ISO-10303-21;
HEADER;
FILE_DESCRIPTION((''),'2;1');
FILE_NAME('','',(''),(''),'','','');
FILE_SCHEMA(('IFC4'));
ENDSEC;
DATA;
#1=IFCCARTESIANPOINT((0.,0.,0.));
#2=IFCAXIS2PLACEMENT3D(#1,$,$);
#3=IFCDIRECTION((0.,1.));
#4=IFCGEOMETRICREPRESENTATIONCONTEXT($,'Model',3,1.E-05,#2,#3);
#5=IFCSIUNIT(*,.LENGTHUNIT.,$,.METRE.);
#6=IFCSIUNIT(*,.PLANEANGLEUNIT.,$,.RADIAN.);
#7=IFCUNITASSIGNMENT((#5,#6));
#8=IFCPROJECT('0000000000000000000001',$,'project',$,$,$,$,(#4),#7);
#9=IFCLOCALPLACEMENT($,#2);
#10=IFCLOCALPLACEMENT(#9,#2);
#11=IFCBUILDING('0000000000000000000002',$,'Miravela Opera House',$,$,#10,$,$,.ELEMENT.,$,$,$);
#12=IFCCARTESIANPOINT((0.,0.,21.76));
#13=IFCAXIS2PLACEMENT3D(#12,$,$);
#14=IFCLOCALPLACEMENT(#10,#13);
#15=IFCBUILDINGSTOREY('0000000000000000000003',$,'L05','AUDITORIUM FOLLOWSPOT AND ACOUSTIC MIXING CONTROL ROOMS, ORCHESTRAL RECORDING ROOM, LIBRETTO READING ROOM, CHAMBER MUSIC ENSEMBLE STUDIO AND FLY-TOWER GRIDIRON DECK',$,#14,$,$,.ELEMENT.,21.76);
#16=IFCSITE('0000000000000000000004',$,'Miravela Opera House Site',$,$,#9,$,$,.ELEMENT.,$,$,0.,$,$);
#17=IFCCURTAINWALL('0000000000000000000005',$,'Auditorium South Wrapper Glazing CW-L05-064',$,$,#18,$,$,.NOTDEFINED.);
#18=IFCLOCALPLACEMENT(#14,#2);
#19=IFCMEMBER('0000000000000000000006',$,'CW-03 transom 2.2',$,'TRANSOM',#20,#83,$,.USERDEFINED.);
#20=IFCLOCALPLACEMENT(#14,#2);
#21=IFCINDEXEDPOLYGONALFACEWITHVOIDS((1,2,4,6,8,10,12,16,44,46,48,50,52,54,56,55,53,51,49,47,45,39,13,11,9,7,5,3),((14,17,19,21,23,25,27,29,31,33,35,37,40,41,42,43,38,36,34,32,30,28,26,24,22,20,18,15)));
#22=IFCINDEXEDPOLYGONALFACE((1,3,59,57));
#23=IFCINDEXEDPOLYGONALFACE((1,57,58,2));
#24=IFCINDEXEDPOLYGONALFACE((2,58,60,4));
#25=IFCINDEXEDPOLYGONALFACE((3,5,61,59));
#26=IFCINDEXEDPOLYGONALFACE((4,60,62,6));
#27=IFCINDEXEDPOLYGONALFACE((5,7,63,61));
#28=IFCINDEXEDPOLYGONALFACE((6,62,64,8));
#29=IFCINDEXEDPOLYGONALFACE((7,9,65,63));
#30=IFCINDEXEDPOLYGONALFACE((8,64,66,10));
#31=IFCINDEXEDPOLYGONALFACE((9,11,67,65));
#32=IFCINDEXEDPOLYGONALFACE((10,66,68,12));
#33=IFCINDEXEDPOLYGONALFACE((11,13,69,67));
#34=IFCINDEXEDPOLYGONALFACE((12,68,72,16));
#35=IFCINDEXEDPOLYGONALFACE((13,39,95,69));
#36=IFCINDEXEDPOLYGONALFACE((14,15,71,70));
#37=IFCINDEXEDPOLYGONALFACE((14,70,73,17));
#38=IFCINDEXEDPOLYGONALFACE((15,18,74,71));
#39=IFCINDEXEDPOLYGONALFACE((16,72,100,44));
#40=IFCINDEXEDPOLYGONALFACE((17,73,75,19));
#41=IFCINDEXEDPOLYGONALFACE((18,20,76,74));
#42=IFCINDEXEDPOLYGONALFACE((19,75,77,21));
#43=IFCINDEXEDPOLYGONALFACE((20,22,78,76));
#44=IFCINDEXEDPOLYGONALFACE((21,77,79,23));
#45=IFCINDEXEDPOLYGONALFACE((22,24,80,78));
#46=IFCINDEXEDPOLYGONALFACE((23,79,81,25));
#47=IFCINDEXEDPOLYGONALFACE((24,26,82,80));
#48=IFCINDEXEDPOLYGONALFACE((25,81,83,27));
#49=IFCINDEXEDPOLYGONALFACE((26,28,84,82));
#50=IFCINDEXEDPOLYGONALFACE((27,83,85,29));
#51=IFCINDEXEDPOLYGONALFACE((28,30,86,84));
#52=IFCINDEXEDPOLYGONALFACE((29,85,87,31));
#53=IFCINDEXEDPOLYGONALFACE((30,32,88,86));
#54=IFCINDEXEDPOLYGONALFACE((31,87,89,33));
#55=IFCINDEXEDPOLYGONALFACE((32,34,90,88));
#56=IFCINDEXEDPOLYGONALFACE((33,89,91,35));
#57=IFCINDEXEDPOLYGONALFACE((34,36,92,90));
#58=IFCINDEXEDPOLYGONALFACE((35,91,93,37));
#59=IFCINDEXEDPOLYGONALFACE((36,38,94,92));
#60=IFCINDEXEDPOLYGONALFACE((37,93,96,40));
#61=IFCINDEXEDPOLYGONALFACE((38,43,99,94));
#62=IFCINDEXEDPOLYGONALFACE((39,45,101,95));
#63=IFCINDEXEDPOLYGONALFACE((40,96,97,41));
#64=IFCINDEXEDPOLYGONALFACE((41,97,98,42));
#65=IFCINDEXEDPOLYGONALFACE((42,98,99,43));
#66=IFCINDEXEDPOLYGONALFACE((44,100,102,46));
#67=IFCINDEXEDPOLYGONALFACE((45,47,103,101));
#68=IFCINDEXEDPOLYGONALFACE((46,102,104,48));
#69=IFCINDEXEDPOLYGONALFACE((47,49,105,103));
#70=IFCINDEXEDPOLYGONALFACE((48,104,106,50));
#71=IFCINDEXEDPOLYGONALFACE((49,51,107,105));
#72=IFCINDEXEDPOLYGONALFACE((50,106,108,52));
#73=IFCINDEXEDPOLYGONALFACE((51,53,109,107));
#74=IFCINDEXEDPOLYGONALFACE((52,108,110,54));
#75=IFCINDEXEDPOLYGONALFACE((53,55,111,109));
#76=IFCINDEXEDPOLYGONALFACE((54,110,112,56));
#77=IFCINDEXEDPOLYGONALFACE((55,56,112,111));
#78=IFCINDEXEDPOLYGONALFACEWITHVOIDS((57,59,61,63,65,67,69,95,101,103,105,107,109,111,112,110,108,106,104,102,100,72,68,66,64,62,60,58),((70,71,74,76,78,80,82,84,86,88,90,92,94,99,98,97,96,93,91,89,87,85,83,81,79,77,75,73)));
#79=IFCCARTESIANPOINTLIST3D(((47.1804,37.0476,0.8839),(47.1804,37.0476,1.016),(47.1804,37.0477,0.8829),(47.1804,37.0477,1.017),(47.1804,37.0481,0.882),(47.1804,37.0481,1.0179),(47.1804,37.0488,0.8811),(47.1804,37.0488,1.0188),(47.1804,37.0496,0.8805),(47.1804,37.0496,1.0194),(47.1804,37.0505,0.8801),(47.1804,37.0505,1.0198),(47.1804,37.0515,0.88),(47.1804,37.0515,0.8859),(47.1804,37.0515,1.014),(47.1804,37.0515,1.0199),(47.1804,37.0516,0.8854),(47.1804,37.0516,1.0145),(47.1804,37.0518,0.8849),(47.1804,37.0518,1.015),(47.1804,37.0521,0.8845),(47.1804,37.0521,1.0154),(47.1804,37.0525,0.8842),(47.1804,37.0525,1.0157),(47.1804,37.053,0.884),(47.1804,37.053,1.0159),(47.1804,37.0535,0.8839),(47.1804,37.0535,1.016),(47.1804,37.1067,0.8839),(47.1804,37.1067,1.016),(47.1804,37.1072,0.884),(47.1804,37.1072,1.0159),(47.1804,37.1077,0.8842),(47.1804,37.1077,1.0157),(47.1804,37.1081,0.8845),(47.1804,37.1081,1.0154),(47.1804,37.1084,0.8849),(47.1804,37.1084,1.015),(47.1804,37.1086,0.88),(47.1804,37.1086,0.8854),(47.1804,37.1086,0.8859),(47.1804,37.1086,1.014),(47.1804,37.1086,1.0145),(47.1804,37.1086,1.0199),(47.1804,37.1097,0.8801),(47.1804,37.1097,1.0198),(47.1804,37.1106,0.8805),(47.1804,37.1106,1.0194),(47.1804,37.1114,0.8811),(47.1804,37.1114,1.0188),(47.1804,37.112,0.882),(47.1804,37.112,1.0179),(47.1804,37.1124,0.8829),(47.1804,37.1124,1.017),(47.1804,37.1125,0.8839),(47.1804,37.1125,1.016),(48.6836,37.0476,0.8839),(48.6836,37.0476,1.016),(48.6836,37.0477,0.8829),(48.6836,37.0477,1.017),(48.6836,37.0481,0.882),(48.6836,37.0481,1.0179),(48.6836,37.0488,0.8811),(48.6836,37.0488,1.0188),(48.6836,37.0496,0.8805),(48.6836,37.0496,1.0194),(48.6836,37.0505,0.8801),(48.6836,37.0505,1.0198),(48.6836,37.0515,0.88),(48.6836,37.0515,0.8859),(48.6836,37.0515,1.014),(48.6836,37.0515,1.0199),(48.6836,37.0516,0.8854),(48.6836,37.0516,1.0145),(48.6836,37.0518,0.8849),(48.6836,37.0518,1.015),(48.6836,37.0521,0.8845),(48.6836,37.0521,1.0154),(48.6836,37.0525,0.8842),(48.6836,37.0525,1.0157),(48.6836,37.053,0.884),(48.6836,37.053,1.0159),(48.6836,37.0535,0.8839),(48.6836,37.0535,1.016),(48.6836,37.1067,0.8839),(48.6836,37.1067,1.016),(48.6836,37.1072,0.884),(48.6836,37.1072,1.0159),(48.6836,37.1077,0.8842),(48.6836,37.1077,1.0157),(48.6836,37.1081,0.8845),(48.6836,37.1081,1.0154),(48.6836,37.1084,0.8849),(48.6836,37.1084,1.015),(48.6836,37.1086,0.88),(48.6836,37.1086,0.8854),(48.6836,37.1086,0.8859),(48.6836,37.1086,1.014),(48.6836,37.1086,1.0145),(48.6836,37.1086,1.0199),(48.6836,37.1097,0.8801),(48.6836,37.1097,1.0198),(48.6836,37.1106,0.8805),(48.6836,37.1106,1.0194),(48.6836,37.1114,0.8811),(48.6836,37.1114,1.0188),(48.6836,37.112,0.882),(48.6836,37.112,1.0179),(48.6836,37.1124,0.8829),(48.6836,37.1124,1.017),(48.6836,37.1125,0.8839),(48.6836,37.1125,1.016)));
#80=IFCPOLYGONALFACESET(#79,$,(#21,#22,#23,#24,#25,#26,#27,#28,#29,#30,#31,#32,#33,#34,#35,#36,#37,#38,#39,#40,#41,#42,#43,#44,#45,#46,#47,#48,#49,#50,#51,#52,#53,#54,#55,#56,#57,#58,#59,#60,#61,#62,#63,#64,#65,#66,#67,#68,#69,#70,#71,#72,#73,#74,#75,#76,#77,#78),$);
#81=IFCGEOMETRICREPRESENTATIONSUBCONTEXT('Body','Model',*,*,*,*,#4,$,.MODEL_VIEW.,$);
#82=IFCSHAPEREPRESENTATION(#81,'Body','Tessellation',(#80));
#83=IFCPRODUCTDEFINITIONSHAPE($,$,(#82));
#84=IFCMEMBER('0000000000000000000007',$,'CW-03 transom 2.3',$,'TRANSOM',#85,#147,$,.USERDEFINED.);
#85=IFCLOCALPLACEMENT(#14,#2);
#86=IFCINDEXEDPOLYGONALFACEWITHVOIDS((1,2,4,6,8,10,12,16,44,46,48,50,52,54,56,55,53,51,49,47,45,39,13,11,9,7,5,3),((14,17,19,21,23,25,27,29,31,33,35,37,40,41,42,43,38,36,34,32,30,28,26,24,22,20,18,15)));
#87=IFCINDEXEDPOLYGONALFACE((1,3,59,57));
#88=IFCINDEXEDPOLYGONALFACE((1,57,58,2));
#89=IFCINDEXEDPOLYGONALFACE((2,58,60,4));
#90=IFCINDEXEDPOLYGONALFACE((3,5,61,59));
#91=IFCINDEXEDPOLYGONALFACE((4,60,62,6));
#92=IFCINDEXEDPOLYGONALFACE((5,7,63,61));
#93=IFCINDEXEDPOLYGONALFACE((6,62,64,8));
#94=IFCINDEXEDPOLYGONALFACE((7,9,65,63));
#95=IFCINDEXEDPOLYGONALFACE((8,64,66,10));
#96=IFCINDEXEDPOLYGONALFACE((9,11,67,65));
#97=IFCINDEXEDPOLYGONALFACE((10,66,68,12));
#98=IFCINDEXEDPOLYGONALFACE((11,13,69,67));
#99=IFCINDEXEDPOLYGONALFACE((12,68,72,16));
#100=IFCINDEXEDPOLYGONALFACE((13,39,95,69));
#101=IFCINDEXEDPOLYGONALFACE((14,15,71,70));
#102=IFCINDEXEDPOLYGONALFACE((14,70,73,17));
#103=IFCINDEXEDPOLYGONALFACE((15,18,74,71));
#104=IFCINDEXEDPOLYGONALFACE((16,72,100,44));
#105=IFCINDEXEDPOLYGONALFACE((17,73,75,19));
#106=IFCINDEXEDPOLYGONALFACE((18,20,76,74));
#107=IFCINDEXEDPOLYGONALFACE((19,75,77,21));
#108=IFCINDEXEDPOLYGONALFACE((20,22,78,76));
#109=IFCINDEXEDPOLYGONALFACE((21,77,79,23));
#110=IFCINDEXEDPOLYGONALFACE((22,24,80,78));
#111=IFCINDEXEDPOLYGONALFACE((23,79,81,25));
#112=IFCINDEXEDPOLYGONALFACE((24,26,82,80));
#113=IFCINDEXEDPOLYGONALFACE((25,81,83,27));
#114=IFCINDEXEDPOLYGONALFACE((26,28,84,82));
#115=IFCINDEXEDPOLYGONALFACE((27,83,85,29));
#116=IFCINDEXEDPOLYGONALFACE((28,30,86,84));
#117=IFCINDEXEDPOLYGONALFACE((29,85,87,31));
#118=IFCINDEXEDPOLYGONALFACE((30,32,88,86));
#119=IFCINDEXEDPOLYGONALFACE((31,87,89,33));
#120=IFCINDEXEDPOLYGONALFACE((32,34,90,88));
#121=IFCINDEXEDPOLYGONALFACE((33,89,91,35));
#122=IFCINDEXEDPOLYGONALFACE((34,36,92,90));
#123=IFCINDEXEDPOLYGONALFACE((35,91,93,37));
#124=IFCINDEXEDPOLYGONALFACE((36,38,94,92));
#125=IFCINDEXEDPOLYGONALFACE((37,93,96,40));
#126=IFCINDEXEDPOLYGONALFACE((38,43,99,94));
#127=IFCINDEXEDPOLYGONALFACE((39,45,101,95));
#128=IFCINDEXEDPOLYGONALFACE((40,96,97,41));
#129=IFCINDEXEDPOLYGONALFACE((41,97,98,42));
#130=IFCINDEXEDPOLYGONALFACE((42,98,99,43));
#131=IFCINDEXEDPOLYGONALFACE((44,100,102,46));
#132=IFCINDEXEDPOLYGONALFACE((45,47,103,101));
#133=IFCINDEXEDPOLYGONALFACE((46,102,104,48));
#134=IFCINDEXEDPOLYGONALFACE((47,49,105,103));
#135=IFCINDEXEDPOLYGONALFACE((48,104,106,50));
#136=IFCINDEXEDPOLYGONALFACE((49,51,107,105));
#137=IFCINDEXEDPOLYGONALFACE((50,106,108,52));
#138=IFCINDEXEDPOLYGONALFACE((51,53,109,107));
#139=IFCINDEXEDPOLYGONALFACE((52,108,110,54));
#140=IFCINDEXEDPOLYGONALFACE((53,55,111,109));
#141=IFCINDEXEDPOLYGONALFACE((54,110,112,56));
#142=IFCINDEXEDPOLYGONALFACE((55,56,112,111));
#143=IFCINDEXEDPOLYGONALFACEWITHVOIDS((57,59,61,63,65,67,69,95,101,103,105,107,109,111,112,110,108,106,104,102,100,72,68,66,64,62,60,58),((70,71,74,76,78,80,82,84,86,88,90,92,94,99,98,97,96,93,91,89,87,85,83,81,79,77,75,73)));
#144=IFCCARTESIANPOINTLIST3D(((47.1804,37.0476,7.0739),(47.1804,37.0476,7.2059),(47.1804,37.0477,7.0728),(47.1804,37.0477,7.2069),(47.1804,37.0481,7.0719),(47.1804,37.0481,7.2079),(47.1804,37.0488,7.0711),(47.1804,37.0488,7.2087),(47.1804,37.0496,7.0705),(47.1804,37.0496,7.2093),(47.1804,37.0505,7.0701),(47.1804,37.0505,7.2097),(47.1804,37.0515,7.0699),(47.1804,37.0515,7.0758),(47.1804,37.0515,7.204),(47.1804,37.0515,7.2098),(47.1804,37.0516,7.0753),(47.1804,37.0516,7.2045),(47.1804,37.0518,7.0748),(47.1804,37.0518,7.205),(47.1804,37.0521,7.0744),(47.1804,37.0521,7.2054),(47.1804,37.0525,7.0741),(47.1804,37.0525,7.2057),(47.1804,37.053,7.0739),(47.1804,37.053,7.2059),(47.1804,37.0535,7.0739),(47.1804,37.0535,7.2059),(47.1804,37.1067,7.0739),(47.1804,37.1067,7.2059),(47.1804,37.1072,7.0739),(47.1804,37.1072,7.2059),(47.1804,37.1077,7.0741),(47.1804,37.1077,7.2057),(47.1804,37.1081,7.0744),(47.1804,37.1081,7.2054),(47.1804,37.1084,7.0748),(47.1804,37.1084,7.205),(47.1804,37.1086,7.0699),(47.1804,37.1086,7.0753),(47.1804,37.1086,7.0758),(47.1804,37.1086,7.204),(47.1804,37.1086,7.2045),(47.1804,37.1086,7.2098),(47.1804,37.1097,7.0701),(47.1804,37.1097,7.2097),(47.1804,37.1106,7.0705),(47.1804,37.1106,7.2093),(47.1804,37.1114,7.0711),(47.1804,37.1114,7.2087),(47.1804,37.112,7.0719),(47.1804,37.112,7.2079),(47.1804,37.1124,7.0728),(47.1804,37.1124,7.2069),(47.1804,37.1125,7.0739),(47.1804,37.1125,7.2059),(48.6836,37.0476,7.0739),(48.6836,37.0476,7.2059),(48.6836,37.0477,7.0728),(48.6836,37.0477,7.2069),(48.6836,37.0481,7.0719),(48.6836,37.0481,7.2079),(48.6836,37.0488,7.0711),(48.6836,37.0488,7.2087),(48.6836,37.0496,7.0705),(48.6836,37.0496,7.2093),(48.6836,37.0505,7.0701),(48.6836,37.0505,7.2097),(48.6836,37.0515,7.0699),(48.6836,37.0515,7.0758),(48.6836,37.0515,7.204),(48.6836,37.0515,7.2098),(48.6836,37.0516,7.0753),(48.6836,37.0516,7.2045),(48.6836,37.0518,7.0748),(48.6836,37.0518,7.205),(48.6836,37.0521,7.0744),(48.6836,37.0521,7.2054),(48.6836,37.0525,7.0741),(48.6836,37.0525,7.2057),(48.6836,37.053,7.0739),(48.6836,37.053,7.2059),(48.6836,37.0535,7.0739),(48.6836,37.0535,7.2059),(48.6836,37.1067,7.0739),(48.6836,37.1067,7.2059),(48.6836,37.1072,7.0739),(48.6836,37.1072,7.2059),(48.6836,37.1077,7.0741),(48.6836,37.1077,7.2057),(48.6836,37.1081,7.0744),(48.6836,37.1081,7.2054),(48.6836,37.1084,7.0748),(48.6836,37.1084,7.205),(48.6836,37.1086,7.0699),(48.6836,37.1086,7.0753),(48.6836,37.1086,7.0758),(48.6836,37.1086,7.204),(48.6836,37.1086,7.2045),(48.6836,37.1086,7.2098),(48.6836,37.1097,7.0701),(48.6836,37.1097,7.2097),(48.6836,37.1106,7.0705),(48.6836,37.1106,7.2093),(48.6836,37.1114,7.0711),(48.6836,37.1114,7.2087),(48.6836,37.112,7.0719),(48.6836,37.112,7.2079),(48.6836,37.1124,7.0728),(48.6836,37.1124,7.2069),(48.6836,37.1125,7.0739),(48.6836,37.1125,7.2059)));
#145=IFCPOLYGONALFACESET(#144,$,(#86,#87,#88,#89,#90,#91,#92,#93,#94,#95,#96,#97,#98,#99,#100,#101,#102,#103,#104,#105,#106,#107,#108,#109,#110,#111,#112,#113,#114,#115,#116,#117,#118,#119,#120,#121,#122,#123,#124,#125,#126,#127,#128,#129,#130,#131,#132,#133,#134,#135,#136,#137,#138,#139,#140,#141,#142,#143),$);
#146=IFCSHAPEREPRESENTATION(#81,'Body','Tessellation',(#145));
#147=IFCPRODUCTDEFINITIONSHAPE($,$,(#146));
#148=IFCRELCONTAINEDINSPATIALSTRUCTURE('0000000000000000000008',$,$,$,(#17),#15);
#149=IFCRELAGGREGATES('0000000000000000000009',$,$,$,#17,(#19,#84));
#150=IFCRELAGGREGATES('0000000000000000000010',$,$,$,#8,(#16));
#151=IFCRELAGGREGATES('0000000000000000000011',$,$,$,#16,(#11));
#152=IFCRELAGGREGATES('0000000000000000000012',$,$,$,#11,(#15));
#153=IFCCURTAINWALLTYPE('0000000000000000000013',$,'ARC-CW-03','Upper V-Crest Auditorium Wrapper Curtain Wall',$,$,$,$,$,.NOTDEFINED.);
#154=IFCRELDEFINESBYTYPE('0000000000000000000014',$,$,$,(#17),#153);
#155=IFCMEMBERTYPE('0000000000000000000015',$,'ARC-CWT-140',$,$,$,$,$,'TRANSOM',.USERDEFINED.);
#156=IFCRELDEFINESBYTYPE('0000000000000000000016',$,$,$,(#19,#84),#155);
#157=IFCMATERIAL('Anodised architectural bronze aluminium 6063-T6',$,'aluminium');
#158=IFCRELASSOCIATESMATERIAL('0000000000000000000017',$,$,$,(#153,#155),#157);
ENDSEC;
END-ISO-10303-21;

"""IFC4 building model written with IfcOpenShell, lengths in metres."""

from ifc_helpers import new_model, si_unit, direction, frame, origin, origin_2d, place, context, subcontext, project, spatial, hollow_rectangle, extrude, material, material_profile, profile_set, type_object, element, aggregate, save


model = new_model("IFC4")

# Units and contexts
model_context = context("Model", 3, precision=1e-05, world=origin(), true_north=direction((0.0, 1.0)))
body_context = subcontext(model_context, "Body", "Model", "MODEL_VIEW")
ifc_project = project(units=[si_unit("LENGTHUNIT", "METRE"), si_unit("PLANEANGLEUNIT", "RADIAN")], contexts=[model_context])

# Site, building, storey
site_placement = place(None, origin())
site = spatial("IfcSite", under=ifc_project, at=site_placement, Name="Miravela Opera House Site", CompositionType="ELEMENT", RefElevation=0.0)
building_placement = place(site_placement, origin())
building = spatial("IfcBuilding", under=site, at=building_placement, Name="Miravela Opera House", CompositionType="ELEMENT")
storey_placement = place(building_placement, frame((0.0, 0.0, 21.76)))
storey = spatial("IfcBuildingStorey", under=building, at=storey_placement, Name="L05", Description="AUDITORIUM FOLLOWSPOT AND ACOUSTIC MIXING CONTROL ROOMS, ORCHESTRAL RECORDING ROOM, LIBRETTO READING ROOM, CHAMBER MUSIC ENSEMBLE STUDIO AND FLY-TOWER GRIDIRON DECK", CompositionType="ELEMENT", Elevation=21.76)

# Curtain wall, members
ifc_material_1 = material(Name="Anodised architectural bronze aluminium 6063-T6", Category="aluminium")
curtain_wall_type = type_object("IfcCurtainWallType", Name="ARC-CW-03", Description="Upper V-Crest Auditorium Wrapper Curtain Wall", PredefinedType="NOTDEFINED", material=ifc_material_1)
ifc_material_profile_1 = material_profile(ifc_material_1, hollow_rectangle(XDim=0.0649, YDim=0.1399, WallThickness=0.0039, InnerFilletRadius=0.002, OuterFilletRadius=0.0039, at=origin_2d()), Name="CWT-65X140")
ifc_profile_set_1 = profile_set([ifc_material_profile_1])
member_type = type_object("IfcMemberType", Name="ARC-CWT-140", ElementType="TRANSOM", PredefinedType="USERDEFINED", material=ifc_profile_set_1)
curtain_wall_1_placement = place(storey_placement, origin())
curtain_wall_1 = element("IfcCurtainWall", 1, at=curtain_wall_1_placement, inside=storey, type_object=curtain_wall_type, Name="Auditorium South Wrapper Glazing CW-L05-064", PredefinedType="NOTDEFINED")
member_1_placement = place(storey_placement, frame((47.1804, 37.0801, 0.95), z_axis=(1.0, 0.0, 0.0), x_axis=(0.0, 1.0, 0.0)))
member_1 = element("IfcMember", 2, at=member_1_placement, type_object=member_type, Name="CW-03 transom 2.2", ObjectType="TRANSOM", PredefinedType="USERDEFINED", context=body_context, shape_type="SweptSolid", body=[
    extrude(hollow_rectangle(XDim=0.0649, YDim=0.1399, WallThickness=0.0039, InnerFilletRadius=0.002, OuterFilletRadius=0.0039, at=origin_2d()), origin(), (0.0, 0.0, 1.0), 1.5032),
])
member_2_placement = place(storey_placement, frame((47.1804, 37.0801, 7.1399), z_axis=(1.0, 0.0, 0.0), x_axis=(0.0, 1.0, 0.0)))
member_2 = element("IfcMember", 3, at=member_2_placement, type_object=member_type, Name="CW-03 transom 2.3", ObjectType="TRANSOM", PredefinedType="USERDEFINED", context=body_context, shape_type="SweptSolid", body=[
    extrude(hollow_rectangle(XDim=0.0649, YDim=0.1399, WallThickness=0.0039, InnerFilletRadius=0.002, OuterFilletRadius=0.0039, at=origin_2d()), origin(), (0.0, 0.0, 1.0), 1.5032),
])

aggregate(curtain_wall_1, [member_1, member_2])

save(model, "model.ifc")
